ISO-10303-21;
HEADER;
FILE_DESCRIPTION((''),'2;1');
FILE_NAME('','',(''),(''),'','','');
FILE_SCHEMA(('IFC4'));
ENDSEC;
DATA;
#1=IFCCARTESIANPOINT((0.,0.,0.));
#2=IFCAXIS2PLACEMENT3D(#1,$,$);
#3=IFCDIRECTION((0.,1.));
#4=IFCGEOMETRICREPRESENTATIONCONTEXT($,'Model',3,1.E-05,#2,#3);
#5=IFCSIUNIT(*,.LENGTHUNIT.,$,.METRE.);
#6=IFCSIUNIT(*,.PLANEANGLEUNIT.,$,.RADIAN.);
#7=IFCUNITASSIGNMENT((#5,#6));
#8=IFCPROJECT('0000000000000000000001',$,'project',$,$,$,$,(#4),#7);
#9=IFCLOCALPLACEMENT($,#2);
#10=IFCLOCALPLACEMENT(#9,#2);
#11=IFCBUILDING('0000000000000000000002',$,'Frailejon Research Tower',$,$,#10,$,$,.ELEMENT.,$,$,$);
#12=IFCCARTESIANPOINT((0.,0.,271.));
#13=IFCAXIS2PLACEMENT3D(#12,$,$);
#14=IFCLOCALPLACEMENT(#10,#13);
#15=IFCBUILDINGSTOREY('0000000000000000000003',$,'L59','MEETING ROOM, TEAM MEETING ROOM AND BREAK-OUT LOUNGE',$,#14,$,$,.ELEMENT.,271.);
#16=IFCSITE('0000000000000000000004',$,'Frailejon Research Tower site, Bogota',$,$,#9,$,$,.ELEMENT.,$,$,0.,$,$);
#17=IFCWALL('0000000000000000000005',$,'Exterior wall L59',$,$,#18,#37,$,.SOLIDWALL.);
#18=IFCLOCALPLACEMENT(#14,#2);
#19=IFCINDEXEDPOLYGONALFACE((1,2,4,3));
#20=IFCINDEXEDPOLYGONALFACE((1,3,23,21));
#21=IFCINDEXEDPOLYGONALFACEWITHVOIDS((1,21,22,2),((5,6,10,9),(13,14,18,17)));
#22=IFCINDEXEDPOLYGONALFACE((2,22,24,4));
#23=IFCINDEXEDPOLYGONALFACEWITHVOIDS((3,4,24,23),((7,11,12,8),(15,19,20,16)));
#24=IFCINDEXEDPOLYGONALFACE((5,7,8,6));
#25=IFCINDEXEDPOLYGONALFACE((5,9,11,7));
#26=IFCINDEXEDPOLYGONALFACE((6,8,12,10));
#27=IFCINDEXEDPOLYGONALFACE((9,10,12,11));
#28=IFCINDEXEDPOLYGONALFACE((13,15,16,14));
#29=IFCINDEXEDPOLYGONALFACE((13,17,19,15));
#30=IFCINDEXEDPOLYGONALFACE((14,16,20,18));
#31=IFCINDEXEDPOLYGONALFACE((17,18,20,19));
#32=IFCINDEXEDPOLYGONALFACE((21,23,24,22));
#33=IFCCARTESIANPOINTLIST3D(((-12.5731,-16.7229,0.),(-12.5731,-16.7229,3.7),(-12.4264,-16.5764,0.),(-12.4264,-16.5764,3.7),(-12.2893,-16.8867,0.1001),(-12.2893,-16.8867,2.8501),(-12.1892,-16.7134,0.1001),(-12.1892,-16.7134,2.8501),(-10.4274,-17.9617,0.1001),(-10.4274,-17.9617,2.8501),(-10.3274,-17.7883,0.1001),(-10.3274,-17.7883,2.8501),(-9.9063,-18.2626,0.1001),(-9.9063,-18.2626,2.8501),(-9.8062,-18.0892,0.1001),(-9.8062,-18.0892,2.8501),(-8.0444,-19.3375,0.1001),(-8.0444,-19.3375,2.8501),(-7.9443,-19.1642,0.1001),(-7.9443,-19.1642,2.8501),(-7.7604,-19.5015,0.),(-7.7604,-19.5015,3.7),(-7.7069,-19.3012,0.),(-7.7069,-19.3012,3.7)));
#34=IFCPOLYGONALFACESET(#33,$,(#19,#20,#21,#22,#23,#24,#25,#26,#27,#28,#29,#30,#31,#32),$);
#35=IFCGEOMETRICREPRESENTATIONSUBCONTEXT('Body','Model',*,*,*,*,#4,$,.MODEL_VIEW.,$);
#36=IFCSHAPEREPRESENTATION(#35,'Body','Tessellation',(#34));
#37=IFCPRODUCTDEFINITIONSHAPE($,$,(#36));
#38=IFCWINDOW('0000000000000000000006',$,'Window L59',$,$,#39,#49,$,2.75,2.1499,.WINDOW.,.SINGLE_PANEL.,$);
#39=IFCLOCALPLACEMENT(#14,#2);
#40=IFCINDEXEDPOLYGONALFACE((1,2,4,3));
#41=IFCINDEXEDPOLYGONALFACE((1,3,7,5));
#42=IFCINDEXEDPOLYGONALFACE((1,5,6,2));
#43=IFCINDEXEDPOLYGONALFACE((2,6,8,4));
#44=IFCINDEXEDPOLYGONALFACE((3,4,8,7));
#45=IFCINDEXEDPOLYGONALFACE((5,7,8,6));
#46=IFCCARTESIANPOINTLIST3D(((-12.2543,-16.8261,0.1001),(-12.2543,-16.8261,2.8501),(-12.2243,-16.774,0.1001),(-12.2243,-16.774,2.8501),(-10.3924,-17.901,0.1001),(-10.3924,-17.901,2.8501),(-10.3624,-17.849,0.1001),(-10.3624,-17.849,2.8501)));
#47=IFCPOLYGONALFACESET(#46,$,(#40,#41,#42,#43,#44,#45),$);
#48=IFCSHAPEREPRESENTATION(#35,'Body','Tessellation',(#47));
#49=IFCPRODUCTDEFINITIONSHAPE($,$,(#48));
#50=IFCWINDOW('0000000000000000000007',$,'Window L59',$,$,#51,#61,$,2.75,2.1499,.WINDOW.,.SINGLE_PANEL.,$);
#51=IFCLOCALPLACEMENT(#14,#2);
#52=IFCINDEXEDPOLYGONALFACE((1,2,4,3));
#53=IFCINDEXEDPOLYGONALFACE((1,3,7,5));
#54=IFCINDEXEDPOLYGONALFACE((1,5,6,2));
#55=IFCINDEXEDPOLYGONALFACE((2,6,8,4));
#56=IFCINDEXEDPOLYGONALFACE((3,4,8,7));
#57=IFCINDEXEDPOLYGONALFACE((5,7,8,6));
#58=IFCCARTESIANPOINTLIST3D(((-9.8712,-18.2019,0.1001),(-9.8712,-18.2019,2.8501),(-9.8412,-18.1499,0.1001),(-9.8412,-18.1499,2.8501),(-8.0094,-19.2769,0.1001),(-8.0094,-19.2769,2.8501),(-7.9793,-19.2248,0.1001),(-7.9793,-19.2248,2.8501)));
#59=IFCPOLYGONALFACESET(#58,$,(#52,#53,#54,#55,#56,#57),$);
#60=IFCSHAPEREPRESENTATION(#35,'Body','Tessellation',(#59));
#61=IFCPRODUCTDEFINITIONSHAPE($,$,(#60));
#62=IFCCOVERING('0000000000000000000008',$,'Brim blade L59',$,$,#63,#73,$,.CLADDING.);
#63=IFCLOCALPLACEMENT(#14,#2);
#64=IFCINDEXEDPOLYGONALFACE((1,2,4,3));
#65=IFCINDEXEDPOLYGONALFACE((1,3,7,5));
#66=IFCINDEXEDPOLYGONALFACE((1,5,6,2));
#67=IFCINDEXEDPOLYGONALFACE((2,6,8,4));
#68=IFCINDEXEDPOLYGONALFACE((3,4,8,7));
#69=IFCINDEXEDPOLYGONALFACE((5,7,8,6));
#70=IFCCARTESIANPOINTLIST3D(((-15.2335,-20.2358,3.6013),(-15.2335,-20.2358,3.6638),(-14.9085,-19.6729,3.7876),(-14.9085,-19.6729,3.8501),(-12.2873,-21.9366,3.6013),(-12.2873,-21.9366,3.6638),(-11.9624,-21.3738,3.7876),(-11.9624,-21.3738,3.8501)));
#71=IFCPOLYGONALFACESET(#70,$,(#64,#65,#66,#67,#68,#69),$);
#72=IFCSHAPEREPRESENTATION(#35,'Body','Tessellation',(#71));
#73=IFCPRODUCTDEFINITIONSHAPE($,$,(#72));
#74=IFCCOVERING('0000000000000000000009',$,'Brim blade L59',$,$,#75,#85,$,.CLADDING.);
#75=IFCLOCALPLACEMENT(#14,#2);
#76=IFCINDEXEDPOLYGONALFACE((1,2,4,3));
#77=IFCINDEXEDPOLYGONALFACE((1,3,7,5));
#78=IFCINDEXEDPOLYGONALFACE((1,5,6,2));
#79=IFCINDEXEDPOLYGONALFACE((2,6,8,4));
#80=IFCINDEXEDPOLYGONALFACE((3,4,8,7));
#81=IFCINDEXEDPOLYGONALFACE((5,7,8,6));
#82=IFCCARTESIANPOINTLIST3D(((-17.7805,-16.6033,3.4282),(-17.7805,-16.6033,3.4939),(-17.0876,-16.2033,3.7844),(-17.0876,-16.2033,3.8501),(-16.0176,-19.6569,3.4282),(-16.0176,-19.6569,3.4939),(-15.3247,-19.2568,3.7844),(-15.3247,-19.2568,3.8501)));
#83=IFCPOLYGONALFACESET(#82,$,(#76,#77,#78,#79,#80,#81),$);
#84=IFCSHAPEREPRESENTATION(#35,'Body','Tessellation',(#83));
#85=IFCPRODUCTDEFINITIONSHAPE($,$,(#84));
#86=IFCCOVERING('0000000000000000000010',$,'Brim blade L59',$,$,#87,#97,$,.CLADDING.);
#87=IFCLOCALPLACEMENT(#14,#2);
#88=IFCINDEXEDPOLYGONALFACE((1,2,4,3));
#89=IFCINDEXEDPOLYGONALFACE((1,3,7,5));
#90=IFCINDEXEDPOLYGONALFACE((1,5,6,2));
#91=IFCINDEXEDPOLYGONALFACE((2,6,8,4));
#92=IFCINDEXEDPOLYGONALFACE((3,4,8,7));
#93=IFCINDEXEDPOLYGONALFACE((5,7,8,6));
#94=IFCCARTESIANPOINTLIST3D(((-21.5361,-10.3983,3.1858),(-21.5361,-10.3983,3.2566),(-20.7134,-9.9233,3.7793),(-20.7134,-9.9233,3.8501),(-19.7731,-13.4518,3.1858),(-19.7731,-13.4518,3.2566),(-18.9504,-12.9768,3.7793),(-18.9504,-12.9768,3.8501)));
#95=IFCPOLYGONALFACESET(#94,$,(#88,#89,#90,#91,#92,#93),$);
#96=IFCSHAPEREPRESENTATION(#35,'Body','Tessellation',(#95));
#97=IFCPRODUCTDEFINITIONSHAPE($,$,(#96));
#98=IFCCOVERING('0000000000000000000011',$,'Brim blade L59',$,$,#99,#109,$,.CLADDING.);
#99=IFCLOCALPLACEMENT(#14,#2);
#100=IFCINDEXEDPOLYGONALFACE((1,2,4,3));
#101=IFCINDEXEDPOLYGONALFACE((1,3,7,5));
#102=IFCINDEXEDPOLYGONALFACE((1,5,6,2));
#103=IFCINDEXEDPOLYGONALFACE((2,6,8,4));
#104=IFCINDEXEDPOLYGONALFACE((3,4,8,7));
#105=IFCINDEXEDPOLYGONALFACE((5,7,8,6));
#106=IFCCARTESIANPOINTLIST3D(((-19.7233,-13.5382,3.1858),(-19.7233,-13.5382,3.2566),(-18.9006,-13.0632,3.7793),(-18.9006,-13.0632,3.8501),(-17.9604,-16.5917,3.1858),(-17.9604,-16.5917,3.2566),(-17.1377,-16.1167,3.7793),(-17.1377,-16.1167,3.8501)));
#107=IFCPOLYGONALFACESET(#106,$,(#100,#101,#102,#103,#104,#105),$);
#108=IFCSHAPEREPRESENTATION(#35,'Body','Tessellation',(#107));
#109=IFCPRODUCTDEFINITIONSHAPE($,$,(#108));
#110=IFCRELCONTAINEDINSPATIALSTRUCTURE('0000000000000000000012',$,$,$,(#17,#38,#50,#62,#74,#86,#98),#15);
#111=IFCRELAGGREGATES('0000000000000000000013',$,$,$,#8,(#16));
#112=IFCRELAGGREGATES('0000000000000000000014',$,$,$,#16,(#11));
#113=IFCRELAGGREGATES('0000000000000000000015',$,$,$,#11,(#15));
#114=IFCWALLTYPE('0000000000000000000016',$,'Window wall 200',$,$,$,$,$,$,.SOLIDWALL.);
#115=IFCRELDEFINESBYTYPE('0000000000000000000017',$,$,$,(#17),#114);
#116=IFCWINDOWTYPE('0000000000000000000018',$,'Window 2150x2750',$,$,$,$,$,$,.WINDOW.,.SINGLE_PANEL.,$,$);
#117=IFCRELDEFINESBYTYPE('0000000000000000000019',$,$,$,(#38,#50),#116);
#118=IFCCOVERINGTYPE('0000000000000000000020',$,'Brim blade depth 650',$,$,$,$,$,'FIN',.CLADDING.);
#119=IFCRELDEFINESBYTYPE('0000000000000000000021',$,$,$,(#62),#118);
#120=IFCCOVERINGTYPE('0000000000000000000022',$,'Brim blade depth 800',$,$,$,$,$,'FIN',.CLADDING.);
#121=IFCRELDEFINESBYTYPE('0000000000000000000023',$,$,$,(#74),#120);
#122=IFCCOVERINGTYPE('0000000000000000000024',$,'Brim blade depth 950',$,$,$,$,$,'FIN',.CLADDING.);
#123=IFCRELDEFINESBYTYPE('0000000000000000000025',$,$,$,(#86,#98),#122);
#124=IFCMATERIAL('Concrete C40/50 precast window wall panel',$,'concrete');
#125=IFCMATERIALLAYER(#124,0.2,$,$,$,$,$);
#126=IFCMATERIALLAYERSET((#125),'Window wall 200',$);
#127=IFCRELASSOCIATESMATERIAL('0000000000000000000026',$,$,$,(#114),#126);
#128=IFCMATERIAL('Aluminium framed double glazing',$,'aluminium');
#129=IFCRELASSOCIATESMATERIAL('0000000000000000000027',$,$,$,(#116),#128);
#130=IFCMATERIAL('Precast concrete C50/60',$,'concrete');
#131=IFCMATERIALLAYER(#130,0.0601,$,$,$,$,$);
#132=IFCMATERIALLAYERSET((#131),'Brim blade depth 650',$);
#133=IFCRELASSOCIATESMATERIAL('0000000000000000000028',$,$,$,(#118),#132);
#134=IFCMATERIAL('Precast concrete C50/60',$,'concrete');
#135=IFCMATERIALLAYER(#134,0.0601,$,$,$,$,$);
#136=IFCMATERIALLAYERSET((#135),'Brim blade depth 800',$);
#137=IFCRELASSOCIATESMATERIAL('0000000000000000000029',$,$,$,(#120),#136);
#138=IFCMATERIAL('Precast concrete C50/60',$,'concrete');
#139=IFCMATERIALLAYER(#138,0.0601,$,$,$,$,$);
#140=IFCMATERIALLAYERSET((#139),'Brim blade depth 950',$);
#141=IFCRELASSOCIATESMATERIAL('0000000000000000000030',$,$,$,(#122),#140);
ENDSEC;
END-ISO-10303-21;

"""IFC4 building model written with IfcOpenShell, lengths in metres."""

from ifc_helpers import new_model, si_unit, direction, frame, frame_2d, origin, place, context, subcontext, project, spatial, polyline, rectangle, outline, extrude, material, layer, layer_set, type_object, element, fill, save


model = new_model("IFC4")

# Units and contexts
model_context = context("Model", 3, precision=1e-05, world=origin(), true_north=direction((0.0, 1.0)))
body_context = subcontext(model_context, "Body", "Model", "MODEL_VIEW")
ifc_project = project(units=[si_unit("LENGTHUNIT", "METRE"), si_unit("PLANEANGLEUNIT", "RADIAN")], contexts=[model_context])

# Site, building, storey
site_placement = place(None, origin())
site = spatial("IfcSite", under=ifc_project, at=site_placement, Name="Frailejon Research Tower site, Bogota", CompositionType="ELEMENT", RefElevation=0.0)
building_placement = place(site_placement, origin())
building = spatial("IfcBuilding", under=site, at=building_placement, Name="Frailejon Research Tower", CompositionType="ELEMENT")
storey_placement = place(building_placement, frame((0.0, 0.0, 271.0)))
storey = spatial("IfcBuildingStorey", under=building, at=storey_placement, Name="L59", Description="MEETING ROOM, TEAM MEETING ROOM AND BREAK-OUT LOUNGE", CompositionType="ELEMENT", Elevation=271.0)

# Wall, openings, windows
ifc_material_1 = material(Name="Concrete C40/50 precast window wall panel", Category="concrete")
ifc_layer_1 = layer(ifc_material_1, 0.2)
ifc_layer_set_1 = layer_set([ifc_layer_1], Name="Window wall 200")
wall_type_1 = type_object("IfcWallType", Name="Window wall 200", PredefinedType="SOLIDWALL", material=ifc_layer_set_1)
wall_1_placement = place(storey_placement, frame((-12.4998, -16.6497, 0.0), z_axis=(0.0, 0.0, 1.0), x_axis=(0.866026, -0.499999, 0.0)))
wall_1 = element("IfcWall", 1, at=wall_1_placement, inside=storey, type_object=wall_type_1, Name="Exterior wall L59", PredefinedType="SOLIDWALL", context=body_context, shape_type="SweptSolid", body=[
    extrude(outline(polyline([(-0.0269, -0.1001), (1.0845, -0.1001), (2.196, -0.1001), (3.3074, -0.1001), (4.4189, -0.1001), (5.5303, -0.1001), (5.4766, 0.1001), (4.3867, 0.1001), (3.2966, 0.1001), (2.2068, 0.1001), (1.1167, 0.1001), (0.0269, 0.1001), (-0.0269, -0.1001)])), origin(), (0.0, 0.0, 1.0), 3.7),
])
opening_1_placement = place(wall_1_placement, frame((0.3008, 0.0, 0.1001)))
opening_1 = element("IfcOpeningElement", 2, at=opening_1_placement, cuts=wall_1, PredefinedType="OPENING", context=body_context, shape_type="SweptSolid", body=[
    extrude(rectangle(XDim=2.1499, YDim=2.75, at=frame_2d((1.075, 1.375))), frame((0.0, 0.1099, 0.0), z_axis=(0.0, -1.0, 0.0), x_axis=(1.0, 0.0, 0.0)), (0.0, 0.0, 1.0), 0.22),
])
opening_2_placement = place(wall_1_placement, frame((3.0525, 0.0, 0.1001)))
opening_2 = element("IfcOpeningElement", 3, at=opening_2_placement, cuts=wall_1, PredefinedType="OPENING", context=body_context, shape_type="SweptSolid", body=[
    extrude(rectangle(XDim=2.1499, YDim=2.75, at=frame_2d((1.075, 1.375))), frame((0.0, 0.1099, 0.0), z_axis=(0.0, -1.0, 0.0), x_axis=(1.0, 0.0, 0.0)), (0.0, 0.0, 1.0), 0.22),
])
ifc_material_2 = material(Name="Aluminium framed double glazing", Category="aluminium")
window_type = type_object("IfcWindowType", Name="Window 2150x2750", PartitioningType="SINGLE_PANEL", PredefinedType="WINDOW", material=ifc_material_2)
window_1_placement = place(opening_1_placement, origin())
window_1 = element("IfcWindow", 4, at=window_1_placement, inside=storey, type_object=window_type, Name="Window L59", OverallHeight=2.75, OverallWidth=2.1499, PartitioningType="SINGLE_PANEL", PredefinedType="WINDOW", context=body_context, shape_type="SweptSolid", body=[
    extrude(rectangle(XDim=2.1499, YDim=2.75, at=frame_2d((1.075, 1.375))), frame((0.0, 0.03, 0.0), z_axis=(0.0, -1.0, 0.0), x_axis=(1.0, 0.0, 0.0)), (0.0, 0.0, 1.0), 0.0601),
])
fill(opening_1, window_1)
window_2_placement = place(opening_2_placement, origin())
window_2 = element("IfcWindow", 5, at=window_2_placement, inside=storey, type_object=window_type, Name="Window L59", OverallHeight=2.75, OverallWidth=2.1499, PartitioningType="SINGLE_PANEL", PredefinedType="WINDOW", context=body_context, shape_type="SweptSolid", body=[
    extrude(rectangle(XDim=2.1499, YDim=2.75, at=frame_2d((1.075, 1.375))), frame((0.0, 0.03, 0.0), z_axis=(0.0, -1.0, 0.0), x_axis=(1.0, 0.0, 0.0)), (0.0, 0.0, 1.0), 0.0601),
])
fill(opening_2, window_2)

# Coverings
ifc_material_3 = material(Name="Precast concrete C50/60", Category="concrete")
ifc_layer_2 = layer(ifc_material_3, 0.0601)
ifc_layer_set_2 = layer_set([ifc_layer_2], Name="Brim blade depth 650")
covering_type_1 = type_object("IfcCoveringType", Name="Brim blade depth 650", ElementType="FIN", PredefinedType="CLADDING", material=ifc_layer_set_2)
covering_1_placement = place(storey_placement, frame((-11.9624, -21.3738, 3.8501), z_axis=(-0.866036, 0.499981, 0.0), x_axis=(-0.499981, -0.866036, 0.0)))
element("IfcCovering", 6, at=covering_1_placement, inside=storey, type_object=covering_type_1, Name="Brim blade L59", PredefinedType="CLADDING", context=body_context, shape_type="SweptSolid", body=[
    extrude(outline(polyline([(0.0, -0.0625), (0.6499, -0.2488), (0.6499, -0.1863), (0.0, 0.0), (0.0, -0.0625)])), origin(), (0.0, 0.0, 1.0), 3.4019),
])
ifc_material_4 = material(Name="Precast concrete C50/60", Category="concrete")
ifc_layer_3 = layer(ifc_material_4, 0.0601)
ifc_layer_set_3 = layer_set([ifc_layer_3], Name="Brim blade depth 800")
covering_type_2 = type_object("IfcCoveringType", Name="Brim blade depth 800", ElementType="FIN", PredefinedType="CLADDING", material=ifc_layer_set_3)
covering_2_placement = place(storey_placement, frame((-15.3247, -19.2568, 3.8501), z_axis=(-0.499992, 0.86603, 0.0), x_axis=(-0.86603, -0.499992, 0.0)))
element("IfcCovering", 7, at=covering_2_placement, inside=storey, type_object=covering_type_2, Name="Brim blade L59", PredefinedType="CLADDING", context=body_context, shape_type="SweptSolid", body=[
    extrude(outline(polyline([(0.0, -0.0657), (0.8, -0.4219), (0.8, -0.3562), (0.0, 0.0), (0.0, -0.0657)])), origin(), (0.0, 0.0, 1.0), 3.5259),
])
ifc_material_5 = material(Name="Precast concrete C50/60", Category="concrete")
ifc_layer_4 = layer(ifc_material_5, 0.0601)
ifc_layer_set_4 = layer_set([ifc_layer_4], Name="Brim blade depth 950")
covering_type_3 = type_object("IfcCoveringType", Name="Brim blade depth 950", ElementType="FIN", PredefinedType="CLADDING", material=ifc_layer_set_4)
for number, where, z_axis, x_axis, name in (
    (8, (-18.9504, -12.9768, 3.8501), (-0.500004, 0.866023, 0.0), (-0.866023, -0.500004, 0.0), "Brim blade L59"),
    (9, (-17.1377, -16.1167, 3.8501), (-0.499992, 0.86603, 0.0), (-0.86603, -0.499992, 0.0), "Brim blade L59"),
):
    element("IfcCovering", number, at=place(storey_placement, frame(where, z_axis=z_axis, x_axis=x_axis)), inside=storey, type_object=covering_type_3, Name=name, PredefinedType="CLADDING", context=body_context, shape_type="SweptSolid", body=[
        extrude(outline(polyline([(0.0, -0.0708), (0.95, -0.6643), (0.95, -0.5935), (0.0, 0.0), (0.0, -0.0708)])), origin(), (0.0, 0.0, 1.0), 3.5259),
    ])

save(model, "model.ifc")
